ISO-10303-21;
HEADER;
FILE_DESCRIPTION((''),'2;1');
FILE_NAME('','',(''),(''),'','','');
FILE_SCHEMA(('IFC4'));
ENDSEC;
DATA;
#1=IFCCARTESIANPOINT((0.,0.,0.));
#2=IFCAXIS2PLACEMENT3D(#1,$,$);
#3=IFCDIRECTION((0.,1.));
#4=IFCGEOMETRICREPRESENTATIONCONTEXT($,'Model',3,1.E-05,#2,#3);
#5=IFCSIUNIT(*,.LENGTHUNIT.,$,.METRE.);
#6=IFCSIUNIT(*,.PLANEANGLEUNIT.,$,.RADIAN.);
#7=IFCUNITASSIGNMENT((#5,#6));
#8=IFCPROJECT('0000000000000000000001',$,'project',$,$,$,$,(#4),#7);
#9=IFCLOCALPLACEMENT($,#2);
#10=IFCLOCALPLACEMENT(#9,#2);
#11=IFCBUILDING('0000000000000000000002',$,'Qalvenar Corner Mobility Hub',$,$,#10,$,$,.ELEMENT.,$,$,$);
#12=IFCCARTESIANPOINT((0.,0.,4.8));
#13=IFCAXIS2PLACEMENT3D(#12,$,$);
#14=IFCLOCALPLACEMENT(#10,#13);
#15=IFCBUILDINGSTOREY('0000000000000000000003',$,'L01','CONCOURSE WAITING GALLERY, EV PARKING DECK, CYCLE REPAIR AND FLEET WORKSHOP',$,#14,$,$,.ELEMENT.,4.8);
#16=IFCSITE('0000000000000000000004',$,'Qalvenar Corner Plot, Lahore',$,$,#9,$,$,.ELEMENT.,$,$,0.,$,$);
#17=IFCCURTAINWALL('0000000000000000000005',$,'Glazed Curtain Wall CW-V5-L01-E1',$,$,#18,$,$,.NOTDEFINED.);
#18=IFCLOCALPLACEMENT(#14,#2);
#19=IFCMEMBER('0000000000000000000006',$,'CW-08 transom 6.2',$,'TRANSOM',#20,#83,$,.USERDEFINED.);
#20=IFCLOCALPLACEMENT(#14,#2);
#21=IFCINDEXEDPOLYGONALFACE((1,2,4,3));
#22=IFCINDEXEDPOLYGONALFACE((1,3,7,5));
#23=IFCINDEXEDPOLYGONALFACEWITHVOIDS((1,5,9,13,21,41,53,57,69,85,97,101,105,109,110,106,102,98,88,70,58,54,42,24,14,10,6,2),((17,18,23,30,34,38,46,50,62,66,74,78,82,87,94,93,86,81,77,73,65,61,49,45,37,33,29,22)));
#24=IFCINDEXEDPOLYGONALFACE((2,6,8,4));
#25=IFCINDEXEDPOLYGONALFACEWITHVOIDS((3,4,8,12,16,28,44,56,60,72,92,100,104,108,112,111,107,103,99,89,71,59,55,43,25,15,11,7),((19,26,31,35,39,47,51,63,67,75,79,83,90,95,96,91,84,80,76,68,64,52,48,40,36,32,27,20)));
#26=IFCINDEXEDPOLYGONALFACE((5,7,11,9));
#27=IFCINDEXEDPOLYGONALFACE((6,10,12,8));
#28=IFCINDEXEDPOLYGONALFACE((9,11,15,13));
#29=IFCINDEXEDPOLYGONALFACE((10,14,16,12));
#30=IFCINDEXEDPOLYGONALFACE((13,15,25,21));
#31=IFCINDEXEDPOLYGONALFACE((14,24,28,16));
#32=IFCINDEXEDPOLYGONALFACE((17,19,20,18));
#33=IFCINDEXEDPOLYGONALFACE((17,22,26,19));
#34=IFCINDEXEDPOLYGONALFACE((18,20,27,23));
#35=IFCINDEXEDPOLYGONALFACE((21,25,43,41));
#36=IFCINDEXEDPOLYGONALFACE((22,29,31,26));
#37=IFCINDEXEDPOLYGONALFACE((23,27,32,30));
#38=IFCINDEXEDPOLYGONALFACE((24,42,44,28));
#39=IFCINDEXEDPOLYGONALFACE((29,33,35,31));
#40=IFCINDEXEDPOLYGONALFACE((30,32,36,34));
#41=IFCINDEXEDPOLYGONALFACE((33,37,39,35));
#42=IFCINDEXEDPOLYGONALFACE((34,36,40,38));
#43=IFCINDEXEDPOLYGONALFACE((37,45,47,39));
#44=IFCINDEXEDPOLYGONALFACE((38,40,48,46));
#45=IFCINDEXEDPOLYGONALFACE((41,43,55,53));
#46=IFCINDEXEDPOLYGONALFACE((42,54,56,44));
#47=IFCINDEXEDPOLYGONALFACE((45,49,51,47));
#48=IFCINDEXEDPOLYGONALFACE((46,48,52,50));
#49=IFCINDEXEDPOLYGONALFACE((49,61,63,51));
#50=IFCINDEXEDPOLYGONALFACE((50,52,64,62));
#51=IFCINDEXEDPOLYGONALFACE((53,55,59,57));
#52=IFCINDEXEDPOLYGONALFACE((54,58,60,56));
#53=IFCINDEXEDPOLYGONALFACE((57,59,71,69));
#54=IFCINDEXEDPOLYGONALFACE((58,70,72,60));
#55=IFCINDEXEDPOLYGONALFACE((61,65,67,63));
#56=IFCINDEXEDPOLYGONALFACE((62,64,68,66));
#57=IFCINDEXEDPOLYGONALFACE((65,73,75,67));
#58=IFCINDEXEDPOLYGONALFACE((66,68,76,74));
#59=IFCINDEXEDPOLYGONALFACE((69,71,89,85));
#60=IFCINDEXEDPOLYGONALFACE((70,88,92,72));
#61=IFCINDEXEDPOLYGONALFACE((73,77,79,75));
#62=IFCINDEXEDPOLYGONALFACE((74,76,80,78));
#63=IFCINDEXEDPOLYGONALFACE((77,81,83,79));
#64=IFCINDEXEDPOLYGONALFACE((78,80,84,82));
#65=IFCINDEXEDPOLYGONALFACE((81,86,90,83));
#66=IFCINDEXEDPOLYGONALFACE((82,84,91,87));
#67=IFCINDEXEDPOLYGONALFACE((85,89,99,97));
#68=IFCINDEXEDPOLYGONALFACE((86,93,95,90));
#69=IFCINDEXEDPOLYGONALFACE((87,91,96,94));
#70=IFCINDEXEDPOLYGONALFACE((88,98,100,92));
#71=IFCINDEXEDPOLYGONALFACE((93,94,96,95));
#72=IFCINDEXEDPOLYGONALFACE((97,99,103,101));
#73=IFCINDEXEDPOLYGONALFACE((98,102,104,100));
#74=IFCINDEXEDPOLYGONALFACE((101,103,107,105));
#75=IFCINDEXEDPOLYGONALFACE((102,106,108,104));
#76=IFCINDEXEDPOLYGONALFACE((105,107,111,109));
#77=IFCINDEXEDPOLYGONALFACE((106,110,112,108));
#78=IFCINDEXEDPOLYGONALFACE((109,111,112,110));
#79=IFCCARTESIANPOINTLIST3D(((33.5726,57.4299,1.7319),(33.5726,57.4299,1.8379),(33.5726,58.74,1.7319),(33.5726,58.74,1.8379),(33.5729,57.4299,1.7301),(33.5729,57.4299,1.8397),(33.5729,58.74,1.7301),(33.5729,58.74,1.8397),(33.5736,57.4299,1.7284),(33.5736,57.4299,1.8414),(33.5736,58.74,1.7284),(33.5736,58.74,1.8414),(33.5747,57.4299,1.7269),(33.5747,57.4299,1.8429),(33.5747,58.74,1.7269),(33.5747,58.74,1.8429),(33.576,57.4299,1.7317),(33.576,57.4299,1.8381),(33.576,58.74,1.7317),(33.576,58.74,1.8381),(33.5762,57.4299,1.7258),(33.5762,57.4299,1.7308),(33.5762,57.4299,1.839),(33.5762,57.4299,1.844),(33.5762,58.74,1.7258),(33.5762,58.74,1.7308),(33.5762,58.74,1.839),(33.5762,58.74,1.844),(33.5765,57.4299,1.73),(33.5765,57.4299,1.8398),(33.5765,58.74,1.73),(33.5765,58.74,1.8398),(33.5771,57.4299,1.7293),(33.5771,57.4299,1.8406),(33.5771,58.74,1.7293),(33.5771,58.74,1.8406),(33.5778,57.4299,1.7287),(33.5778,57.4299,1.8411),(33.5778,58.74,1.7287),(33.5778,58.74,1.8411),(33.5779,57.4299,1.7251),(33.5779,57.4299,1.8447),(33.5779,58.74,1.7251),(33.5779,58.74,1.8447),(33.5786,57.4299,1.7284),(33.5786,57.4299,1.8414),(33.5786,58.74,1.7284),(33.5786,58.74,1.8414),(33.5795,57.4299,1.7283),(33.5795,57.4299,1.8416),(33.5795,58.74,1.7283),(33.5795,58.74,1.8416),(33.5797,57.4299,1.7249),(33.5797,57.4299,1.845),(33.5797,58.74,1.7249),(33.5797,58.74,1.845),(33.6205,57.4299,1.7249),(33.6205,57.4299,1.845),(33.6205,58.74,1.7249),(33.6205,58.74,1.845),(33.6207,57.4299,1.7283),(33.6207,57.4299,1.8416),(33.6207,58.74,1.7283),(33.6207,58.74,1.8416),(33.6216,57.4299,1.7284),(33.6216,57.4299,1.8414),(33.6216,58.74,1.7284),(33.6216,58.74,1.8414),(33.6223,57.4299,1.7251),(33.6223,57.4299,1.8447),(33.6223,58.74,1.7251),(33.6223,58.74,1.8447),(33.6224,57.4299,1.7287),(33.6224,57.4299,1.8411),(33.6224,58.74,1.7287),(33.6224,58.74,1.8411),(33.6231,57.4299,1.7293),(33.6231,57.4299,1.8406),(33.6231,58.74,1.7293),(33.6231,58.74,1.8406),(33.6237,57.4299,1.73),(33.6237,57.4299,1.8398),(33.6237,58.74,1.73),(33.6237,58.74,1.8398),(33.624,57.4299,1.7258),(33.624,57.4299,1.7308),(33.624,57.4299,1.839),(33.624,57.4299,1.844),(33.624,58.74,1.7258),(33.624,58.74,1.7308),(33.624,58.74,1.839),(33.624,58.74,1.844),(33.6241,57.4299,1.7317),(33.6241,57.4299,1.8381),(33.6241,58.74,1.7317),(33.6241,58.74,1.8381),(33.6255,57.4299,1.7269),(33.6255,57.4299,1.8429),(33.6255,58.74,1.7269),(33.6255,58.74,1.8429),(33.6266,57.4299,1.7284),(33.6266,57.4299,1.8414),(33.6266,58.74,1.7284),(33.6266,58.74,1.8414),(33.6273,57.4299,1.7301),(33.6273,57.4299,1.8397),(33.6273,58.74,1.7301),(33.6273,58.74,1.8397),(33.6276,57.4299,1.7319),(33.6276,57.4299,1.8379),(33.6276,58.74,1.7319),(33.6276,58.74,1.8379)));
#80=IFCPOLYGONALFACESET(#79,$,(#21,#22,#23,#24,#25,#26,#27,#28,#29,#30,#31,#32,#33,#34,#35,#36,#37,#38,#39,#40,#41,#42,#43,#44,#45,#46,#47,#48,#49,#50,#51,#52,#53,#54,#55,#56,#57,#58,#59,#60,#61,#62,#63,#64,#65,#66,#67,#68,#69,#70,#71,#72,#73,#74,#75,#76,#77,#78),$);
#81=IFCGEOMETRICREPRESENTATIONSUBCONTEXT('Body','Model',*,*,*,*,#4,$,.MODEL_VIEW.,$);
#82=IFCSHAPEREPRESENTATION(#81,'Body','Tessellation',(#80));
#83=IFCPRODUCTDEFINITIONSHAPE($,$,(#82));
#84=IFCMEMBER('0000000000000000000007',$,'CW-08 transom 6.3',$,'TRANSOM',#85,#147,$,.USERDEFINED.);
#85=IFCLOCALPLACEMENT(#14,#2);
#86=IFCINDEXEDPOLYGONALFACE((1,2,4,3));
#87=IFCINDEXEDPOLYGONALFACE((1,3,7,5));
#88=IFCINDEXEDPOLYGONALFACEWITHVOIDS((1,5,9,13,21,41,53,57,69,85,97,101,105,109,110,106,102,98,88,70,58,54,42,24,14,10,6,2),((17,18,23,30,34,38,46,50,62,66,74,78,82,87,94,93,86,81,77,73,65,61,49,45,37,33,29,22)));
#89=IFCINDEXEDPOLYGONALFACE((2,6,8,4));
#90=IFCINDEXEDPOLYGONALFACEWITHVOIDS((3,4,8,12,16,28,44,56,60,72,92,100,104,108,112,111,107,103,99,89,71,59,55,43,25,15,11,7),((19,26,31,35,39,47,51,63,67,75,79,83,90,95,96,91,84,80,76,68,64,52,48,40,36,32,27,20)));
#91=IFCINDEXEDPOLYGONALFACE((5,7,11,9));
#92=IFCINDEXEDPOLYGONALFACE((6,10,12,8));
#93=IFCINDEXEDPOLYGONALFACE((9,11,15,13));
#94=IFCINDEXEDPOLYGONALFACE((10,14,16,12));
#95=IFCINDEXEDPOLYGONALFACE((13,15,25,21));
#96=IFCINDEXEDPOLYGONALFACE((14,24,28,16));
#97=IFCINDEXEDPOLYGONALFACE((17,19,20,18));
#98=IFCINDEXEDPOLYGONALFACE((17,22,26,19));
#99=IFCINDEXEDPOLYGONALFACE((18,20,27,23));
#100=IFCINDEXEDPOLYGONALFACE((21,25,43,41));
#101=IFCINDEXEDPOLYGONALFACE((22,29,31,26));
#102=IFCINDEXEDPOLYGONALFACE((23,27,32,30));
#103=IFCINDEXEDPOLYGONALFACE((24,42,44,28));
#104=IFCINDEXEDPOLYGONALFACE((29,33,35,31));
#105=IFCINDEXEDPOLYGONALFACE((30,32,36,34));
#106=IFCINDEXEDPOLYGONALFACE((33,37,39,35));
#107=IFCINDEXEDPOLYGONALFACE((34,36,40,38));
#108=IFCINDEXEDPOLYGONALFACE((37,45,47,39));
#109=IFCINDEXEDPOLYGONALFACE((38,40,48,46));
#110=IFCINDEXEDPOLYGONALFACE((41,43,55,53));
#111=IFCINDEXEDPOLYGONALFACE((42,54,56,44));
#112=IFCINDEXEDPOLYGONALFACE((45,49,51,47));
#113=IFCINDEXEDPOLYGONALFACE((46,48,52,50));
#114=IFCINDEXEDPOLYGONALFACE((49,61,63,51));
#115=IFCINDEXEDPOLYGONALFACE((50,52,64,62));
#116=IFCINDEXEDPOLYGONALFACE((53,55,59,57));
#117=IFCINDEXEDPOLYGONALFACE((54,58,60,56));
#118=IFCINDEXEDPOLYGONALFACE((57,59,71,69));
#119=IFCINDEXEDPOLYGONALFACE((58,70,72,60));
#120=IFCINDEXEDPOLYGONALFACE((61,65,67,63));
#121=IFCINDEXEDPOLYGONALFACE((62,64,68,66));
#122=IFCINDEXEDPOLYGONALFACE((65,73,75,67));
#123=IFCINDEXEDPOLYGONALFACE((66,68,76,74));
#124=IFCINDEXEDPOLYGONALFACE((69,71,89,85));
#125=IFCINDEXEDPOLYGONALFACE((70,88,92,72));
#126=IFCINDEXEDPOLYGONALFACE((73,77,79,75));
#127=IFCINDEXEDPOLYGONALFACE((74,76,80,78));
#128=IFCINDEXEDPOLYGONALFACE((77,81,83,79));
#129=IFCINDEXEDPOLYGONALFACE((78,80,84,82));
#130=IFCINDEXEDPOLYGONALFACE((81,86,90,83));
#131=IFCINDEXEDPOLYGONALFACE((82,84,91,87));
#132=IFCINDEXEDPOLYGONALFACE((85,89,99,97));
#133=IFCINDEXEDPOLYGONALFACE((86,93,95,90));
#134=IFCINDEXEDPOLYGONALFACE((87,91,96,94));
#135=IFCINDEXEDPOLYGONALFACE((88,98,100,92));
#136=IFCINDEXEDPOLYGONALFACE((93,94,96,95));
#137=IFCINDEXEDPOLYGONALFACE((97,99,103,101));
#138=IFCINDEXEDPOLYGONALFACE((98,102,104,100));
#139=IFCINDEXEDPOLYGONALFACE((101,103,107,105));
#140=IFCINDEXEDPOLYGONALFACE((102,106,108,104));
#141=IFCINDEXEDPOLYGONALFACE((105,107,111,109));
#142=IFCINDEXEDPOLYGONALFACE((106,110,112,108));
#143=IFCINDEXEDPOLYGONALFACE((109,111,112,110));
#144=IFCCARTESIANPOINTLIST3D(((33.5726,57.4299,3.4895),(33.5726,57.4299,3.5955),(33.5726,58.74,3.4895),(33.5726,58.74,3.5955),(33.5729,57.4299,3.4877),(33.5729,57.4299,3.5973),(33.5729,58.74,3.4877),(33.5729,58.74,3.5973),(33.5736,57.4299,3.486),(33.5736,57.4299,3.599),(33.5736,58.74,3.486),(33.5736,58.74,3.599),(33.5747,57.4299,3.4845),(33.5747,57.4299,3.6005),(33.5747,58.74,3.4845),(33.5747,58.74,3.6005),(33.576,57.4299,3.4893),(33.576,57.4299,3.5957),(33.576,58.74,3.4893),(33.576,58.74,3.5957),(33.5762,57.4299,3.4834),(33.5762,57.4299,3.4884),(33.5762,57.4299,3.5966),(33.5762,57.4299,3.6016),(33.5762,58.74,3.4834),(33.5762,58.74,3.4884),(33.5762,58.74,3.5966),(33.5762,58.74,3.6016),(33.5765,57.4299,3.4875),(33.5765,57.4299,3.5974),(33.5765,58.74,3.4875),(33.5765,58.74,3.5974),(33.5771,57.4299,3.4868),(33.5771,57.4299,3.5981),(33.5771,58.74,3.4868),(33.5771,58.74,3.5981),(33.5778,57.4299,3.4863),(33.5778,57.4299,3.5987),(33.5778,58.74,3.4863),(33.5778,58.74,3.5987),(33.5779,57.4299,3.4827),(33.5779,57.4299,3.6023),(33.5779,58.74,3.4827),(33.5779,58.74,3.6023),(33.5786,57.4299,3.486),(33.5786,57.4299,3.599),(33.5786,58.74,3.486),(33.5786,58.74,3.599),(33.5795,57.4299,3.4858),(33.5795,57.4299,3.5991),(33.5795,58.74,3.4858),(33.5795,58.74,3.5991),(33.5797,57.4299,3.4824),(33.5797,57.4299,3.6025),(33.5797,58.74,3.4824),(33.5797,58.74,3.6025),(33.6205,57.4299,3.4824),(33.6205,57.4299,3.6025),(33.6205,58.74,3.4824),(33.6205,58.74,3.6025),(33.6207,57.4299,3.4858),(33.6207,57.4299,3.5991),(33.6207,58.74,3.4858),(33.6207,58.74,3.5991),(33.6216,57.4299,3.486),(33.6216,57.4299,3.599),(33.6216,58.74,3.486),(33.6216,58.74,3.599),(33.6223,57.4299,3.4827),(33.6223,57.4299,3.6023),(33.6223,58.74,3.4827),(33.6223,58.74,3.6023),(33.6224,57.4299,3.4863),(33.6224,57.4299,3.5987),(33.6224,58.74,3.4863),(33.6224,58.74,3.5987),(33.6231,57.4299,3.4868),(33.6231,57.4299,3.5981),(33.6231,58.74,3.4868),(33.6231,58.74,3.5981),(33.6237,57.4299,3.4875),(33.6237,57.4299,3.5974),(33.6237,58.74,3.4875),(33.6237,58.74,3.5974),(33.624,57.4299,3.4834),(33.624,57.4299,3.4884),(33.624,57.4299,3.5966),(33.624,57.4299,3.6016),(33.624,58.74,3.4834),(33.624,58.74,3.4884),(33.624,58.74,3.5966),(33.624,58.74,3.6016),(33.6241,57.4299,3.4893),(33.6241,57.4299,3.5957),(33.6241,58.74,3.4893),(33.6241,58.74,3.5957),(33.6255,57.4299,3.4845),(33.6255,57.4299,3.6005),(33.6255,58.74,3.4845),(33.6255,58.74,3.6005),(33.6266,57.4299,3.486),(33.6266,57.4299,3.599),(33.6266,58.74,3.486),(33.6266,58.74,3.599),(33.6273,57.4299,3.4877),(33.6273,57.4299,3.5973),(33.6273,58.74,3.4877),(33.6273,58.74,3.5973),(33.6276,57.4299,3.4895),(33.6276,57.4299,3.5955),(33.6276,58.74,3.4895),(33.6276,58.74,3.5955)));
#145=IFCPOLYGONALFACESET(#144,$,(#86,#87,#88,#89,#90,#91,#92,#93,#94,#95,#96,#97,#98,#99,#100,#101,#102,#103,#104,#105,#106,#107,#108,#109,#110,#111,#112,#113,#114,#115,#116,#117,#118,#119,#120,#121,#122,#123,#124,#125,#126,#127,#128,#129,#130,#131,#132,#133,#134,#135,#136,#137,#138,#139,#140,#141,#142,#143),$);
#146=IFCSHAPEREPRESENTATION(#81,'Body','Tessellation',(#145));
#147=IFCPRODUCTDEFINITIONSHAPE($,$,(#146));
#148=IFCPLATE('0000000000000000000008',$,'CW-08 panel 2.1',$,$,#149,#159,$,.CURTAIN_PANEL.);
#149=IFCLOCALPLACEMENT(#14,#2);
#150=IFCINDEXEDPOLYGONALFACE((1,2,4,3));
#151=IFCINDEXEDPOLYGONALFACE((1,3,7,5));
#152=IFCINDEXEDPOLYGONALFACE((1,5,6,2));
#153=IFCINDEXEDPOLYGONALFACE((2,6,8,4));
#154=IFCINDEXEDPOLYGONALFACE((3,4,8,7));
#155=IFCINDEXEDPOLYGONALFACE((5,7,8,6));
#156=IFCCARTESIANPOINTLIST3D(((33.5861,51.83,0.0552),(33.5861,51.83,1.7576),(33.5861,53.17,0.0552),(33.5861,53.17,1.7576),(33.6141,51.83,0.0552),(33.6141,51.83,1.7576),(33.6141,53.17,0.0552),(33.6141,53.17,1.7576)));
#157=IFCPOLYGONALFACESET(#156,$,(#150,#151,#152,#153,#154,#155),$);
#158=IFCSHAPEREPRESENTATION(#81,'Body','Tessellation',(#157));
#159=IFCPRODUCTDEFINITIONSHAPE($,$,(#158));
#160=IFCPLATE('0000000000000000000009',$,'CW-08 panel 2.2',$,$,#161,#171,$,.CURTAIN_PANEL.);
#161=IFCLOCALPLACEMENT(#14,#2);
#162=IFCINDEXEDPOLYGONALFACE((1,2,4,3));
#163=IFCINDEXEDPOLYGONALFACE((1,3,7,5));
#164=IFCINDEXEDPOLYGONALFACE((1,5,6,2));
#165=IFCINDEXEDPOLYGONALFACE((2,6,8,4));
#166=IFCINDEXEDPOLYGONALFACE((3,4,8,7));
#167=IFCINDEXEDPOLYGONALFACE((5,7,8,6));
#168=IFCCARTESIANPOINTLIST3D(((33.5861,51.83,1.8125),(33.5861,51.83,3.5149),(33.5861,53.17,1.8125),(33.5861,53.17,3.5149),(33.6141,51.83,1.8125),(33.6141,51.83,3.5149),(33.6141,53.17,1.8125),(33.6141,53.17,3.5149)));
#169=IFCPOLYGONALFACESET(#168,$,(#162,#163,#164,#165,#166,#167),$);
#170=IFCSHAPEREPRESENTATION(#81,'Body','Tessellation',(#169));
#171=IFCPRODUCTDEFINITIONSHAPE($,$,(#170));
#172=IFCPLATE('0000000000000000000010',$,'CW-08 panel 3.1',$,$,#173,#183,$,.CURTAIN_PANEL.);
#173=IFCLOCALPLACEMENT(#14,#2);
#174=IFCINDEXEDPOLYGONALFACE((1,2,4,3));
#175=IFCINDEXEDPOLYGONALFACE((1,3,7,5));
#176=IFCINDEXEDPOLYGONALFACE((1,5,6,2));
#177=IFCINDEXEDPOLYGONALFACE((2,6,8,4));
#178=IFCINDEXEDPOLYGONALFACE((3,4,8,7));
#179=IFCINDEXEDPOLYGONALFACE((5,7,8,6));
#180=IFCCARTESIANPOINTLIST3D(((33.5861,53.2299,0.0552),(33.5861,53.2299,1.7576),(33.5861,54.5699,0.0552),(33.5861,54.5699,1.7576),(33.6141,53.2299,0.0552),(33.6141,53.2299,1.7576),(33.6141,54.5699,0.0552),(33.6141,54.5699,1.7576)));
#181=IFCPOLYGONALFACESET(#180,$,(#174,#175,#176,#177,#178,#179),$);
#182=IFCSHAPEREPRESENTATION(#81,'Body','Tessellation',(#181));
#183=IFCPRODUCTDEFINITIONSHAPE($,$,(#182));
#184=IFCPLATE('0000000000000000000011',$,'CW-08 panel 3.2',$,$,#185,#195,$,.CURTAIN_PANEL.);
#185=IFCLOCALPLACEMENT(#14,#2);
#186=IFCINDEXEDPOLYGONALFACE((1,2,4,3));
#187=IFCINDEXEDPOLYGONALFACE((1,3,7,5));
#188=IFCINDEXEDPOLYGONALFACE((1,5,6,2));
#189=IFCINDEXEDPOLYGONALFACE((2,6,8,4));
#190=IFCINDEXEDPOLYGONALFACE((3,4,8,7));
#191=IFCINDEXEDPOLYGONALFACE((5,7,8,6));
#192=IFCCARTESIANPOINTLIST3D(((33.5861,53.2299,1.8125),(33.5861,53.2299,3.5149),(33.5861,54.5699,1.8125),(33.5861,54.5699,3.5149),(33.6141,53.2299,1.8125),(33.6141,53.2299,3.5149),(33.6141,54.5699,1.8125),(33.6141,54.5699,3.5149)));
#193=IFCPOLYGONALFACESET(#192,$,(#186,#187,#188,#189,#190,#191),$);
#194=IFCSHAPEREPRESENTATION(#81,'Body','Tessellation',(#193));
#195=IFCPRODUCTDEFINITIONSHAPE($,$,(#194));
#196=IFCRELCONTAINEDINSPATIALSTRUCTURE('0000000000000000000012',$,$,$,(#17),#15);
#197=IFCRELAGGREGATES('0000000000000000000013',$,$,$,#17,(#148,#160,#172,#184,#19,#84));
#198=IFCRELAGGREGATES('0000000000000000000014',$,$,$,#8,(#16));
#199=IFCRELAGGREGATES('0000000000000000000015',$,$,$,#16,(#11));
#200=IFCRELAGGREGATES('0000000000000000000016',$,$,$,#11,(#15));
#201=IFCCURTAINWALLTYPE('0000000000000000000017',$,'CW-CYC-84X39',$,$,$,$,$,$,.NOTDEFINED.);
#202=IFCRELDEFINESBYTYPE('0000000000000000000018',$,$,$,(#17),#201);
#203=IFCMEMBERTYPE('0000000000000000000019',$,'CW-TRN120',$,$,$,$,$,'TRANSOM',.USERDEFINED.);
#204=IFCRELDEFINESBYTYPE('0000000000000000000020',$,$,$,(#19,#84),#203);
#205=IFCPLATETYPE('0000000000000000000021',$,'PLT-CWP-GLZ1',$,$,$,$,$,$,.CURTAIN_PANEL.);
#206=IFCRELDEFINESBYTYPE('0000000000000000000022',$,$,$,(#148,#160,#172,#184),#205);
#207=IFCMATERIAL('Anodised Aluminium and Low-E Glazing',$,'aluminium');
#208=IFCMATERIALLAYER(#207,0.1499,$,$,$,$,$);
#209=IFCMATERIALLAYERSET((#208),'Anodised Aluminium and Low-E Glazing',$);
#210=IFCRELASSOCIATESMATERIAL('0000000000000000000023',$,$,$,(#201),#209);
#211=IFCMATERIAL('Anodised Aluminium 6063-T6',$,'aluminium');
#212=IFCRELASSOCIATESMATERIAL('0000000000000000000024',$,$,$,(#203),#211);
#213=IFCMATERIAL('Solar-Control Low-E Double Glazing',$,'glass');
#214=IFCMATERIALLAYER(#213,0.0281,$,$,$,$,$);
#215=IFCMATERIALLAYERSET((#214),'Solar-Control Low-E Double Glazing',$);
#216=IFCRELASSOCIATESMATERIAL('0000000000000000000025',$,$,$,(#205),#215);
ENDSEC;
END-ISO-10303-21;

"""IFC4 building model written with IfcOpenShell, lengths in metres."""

from ifc_helpers import new_model, si_unit, direction, frame, origin, origin_2d, place, context, subcontext, project, spatial, rectangle, hollow_rectangle, extrude, material, layer, layer_set, material_profile, profile_set, type_object, element, aggregate, save


model = new_model("IFC4")

# Units and contexts
model_context = context("Model", 3, precision=1e-05, world=origin(), true_north=direction((0.0, 1.0)))
body_context = subcontext(model_context, "Body", "Model", "MODEL_VIEW")
ifc_project = project(units=[si_unit("LENGTHUNIT", "METRE"), si_unit("PLANEANGLEUNIT", "RADIAN")], contexts=[model_context])

# Site, building, storey
site_placement = place(None, origin())
site = spatial("IfcSite", under=ifc_project, at=site_placement, Name="Qalvenar Corner Plot, Lahore", CompositionType="ELEMENT", RefElevation=0.0)
building_placement = place(site_placement, origin())
building = spatial("IfcBuilding", under=site, at=building_placement, Name="Qalvenar Corner Mobility Hub", CompositionType="ELEMENT")
storey_placement = place(building_placement, frame((0.0, 0.0, 4.8)))
storey = spatial("IfcBuildingStorey", under=building, at=storey_placement, Name="L01", Description="CONCOURSE WAITING GALLERY, EV PARKING DECK, CYCLE REPAIR AND FLEET WORKSHOP", CompositionType="ELEMENT", Elevation=4.8)

# Curtain wall, members, plates
ifc_material_1 = material(Name="Anodised Aluminium and Low-E Glazing", Category="aluminium")
ifc_layer_1 = layer(ifc_material_1, 0.1499)
ifc_layer_set_1 = layer_set([ifc_layer_1], Name="Anodised Aluminium and Low-E Glazing")
curtain_wall_type = type_object("IfcCurtainWallType", Name="CW-CYC-84X39", PredefinedType="NOTDEFINED", material=ifc_layer_set_1)
curtain_wall_placement = place(storey_placement, origin())
curtain_wall = element("IfcCurtainWall", 1, at=curtain_wall_placement, inside=storey, type_object=curtain_wall_type, Name="Glazed Curtain Wall CW-V5-L01-E1", PredefinedType="NOTDEFINED")
ifc_material_2 = material(Name="Anodised Aluminium 6063-T6", Category="aluminium")
ifc_material_profile_1 = material_profile(ifc_material_2, hollow_rectangle(XDim=0.0549, YDim=0.1201, WallThickness=0.0034, InnerFilletRadius=0.0034, OuterFilletRadius=0.0071, at=origin_2d()), Name="RHS120x55x3.5")
ifc_profile_set_1 = profile_set([ifc_material_profile_1], Name="Anodised Aluminium 6063-T6")
member_type_1 = type_object("IfcMemberType", Name="CW-TRN120", ElementType="TRANSOM", PredefinedType="USERDEFINED", material=ifc_profile_set_1)
member_1_placement = place(storey_placement, frame((33.6001, 57.4299, 1.7849), z_axis=(0.0, 1.0, 0.0), x_axis=(-1.0, 0.0, 0.0)))
member_1 = element("IfcMember", 2, at=member_1_placement, type_object=member_type_1, Name="CW-08 transom 6.2", ObjectType="TRANSOM", PredefinedType="USERDEFINED", context=body_context, shape_type="SweptSolid", body=[
    extrude(hollow_rectangle(XDim=0.0549, YDim=0.1201, WallThickness=0.0034, InnerFilletRadius=0.0034, OuterFilletRadius=0.0071, at=origin_2d()), origin(), (0.0, 0.0, 1.0), 1.3101),
])
member_2_placement = place(storey_placement, frame((33.6001, 57.4299, 3.5425), z_axis=(0.0, 1.0, 0.0), x_axis=(-1.0, 0.0, 0.0)))
member_2 = element("IfcMember", 3, at=member_2_placement, type_object=member_type_1, Name="CW-08 transom 6.3", ObjectType="TRANSOM", PredefinedType="USERDEFINED", context=body_context, shape_type="SweptSolid", body=[
    extrude(hollow_rectangle(XDim=0.0549, YDim=0.1201, WallThickness=0.0034, InnerFilletRadius=0.0034, OuterFilletRadius=0.0071, at=origin_2d()), origin(), (0.0, 0.0, 1.0), 1.3101),
])
ifc_material_3 = material(Name="Solar-Control Low-E Double Glazing", Category="glass")
ifc_layer_2 = layer(ifc_material_3, 0.0281)
ifc_layer_set_2 = layer_set([ifc_layer_2], Name="Solar-Control Low-E Double Glazing")
plate_type = type_object("IfcPlateType", Name="PLT-CWP-GLZ1", PredefinedType="CURTAIN_PANEL", material=ifc_layer_set_2)
plate_1_placement = place(storey_placement, frame((33.6001, 52.5, 0.0552), z_axis=(0.0, 0.0, 1.0), x_axis=(0.0, 1.0, 0.0)))
plate_1 = element("IfcPlate", 4, at=plate_1_placement, type_object=plate_type, Name="CW-08 panel 2.1", PredefinedType="CURTAIN_PANEL", context=body_context, shape_type="SweptSolid", body=[
    extrude(rectangle(XDim=1.3401, YDim=0.0281, at=origin_2d()), origin(), (0.0, 0.0, 1.0), 1.7024),
])
plate_2_placement = place(storey_placement, frame((33.6001, 52.5, 1.8125), z_axis=(0.0, 0.0, 1.0), x_axis=(0.0, 1.0, 0.0)))
plate_2 = element("IfcPlate", 5, at=plate_2_placement, type_object=plate_type, Name="CW-08 panel 2.2", PredefinedType="CURTAIN_PANEL", context=body_context, shape_type="SweptSolid", body=[
    extrude(rectangle(XDim=1.3401, YDim=0.0281, at=origin_2d()), origin(), (0.0, 0.0, 1.0), 1.7024),
])
plate_3_placement = place(storey_placement, frame((33.6001, 53.8999, 0.0552), z_axis=(0.0, 0.0, 1.0), x_axis=(0.0, 1.0, 0.0)))
plate_3 = element("IfcPlate", 6, at=plate_3_placement, type_object=plate_type, Name="CW-08 panel 3.1", PredefinedType="CURTAIN_PANEL", context=body_context, shape_type="SweptSolid", body=[
    extrude(rectangle(XDim=1.3401, YDim=0.0281, at=origin_2d()), origin(), (0.0, 0.0, 1.0), 1.7024),
])
plate_4_placement = place(storey_placement, frame((33.6001, 53.8999, 1.8125), z_axis=(0.0, 0.0, 1.0), x_axis=(0.0, 1.0, 0.0)))
plate_4 = element("IfcPlate", 7, at=plate_4_placement, type_object=plate_type, Name="CW-08 panel 3.2", PredefinedType="CURTAIN_PANEL", context=body_context, shape_type="SweptSolid", body=[
    extrude(rectangle(XDim=1.3401, YDim=0.0281, at=origin_2d()), origin(), (0.0, 0.0, 1.0), 1.7024),
])
aggregate(curtain_wall, [plate_1, plate_2, plate_3, plate_4, member_1, member_2])

save(model, "model.ifc")
